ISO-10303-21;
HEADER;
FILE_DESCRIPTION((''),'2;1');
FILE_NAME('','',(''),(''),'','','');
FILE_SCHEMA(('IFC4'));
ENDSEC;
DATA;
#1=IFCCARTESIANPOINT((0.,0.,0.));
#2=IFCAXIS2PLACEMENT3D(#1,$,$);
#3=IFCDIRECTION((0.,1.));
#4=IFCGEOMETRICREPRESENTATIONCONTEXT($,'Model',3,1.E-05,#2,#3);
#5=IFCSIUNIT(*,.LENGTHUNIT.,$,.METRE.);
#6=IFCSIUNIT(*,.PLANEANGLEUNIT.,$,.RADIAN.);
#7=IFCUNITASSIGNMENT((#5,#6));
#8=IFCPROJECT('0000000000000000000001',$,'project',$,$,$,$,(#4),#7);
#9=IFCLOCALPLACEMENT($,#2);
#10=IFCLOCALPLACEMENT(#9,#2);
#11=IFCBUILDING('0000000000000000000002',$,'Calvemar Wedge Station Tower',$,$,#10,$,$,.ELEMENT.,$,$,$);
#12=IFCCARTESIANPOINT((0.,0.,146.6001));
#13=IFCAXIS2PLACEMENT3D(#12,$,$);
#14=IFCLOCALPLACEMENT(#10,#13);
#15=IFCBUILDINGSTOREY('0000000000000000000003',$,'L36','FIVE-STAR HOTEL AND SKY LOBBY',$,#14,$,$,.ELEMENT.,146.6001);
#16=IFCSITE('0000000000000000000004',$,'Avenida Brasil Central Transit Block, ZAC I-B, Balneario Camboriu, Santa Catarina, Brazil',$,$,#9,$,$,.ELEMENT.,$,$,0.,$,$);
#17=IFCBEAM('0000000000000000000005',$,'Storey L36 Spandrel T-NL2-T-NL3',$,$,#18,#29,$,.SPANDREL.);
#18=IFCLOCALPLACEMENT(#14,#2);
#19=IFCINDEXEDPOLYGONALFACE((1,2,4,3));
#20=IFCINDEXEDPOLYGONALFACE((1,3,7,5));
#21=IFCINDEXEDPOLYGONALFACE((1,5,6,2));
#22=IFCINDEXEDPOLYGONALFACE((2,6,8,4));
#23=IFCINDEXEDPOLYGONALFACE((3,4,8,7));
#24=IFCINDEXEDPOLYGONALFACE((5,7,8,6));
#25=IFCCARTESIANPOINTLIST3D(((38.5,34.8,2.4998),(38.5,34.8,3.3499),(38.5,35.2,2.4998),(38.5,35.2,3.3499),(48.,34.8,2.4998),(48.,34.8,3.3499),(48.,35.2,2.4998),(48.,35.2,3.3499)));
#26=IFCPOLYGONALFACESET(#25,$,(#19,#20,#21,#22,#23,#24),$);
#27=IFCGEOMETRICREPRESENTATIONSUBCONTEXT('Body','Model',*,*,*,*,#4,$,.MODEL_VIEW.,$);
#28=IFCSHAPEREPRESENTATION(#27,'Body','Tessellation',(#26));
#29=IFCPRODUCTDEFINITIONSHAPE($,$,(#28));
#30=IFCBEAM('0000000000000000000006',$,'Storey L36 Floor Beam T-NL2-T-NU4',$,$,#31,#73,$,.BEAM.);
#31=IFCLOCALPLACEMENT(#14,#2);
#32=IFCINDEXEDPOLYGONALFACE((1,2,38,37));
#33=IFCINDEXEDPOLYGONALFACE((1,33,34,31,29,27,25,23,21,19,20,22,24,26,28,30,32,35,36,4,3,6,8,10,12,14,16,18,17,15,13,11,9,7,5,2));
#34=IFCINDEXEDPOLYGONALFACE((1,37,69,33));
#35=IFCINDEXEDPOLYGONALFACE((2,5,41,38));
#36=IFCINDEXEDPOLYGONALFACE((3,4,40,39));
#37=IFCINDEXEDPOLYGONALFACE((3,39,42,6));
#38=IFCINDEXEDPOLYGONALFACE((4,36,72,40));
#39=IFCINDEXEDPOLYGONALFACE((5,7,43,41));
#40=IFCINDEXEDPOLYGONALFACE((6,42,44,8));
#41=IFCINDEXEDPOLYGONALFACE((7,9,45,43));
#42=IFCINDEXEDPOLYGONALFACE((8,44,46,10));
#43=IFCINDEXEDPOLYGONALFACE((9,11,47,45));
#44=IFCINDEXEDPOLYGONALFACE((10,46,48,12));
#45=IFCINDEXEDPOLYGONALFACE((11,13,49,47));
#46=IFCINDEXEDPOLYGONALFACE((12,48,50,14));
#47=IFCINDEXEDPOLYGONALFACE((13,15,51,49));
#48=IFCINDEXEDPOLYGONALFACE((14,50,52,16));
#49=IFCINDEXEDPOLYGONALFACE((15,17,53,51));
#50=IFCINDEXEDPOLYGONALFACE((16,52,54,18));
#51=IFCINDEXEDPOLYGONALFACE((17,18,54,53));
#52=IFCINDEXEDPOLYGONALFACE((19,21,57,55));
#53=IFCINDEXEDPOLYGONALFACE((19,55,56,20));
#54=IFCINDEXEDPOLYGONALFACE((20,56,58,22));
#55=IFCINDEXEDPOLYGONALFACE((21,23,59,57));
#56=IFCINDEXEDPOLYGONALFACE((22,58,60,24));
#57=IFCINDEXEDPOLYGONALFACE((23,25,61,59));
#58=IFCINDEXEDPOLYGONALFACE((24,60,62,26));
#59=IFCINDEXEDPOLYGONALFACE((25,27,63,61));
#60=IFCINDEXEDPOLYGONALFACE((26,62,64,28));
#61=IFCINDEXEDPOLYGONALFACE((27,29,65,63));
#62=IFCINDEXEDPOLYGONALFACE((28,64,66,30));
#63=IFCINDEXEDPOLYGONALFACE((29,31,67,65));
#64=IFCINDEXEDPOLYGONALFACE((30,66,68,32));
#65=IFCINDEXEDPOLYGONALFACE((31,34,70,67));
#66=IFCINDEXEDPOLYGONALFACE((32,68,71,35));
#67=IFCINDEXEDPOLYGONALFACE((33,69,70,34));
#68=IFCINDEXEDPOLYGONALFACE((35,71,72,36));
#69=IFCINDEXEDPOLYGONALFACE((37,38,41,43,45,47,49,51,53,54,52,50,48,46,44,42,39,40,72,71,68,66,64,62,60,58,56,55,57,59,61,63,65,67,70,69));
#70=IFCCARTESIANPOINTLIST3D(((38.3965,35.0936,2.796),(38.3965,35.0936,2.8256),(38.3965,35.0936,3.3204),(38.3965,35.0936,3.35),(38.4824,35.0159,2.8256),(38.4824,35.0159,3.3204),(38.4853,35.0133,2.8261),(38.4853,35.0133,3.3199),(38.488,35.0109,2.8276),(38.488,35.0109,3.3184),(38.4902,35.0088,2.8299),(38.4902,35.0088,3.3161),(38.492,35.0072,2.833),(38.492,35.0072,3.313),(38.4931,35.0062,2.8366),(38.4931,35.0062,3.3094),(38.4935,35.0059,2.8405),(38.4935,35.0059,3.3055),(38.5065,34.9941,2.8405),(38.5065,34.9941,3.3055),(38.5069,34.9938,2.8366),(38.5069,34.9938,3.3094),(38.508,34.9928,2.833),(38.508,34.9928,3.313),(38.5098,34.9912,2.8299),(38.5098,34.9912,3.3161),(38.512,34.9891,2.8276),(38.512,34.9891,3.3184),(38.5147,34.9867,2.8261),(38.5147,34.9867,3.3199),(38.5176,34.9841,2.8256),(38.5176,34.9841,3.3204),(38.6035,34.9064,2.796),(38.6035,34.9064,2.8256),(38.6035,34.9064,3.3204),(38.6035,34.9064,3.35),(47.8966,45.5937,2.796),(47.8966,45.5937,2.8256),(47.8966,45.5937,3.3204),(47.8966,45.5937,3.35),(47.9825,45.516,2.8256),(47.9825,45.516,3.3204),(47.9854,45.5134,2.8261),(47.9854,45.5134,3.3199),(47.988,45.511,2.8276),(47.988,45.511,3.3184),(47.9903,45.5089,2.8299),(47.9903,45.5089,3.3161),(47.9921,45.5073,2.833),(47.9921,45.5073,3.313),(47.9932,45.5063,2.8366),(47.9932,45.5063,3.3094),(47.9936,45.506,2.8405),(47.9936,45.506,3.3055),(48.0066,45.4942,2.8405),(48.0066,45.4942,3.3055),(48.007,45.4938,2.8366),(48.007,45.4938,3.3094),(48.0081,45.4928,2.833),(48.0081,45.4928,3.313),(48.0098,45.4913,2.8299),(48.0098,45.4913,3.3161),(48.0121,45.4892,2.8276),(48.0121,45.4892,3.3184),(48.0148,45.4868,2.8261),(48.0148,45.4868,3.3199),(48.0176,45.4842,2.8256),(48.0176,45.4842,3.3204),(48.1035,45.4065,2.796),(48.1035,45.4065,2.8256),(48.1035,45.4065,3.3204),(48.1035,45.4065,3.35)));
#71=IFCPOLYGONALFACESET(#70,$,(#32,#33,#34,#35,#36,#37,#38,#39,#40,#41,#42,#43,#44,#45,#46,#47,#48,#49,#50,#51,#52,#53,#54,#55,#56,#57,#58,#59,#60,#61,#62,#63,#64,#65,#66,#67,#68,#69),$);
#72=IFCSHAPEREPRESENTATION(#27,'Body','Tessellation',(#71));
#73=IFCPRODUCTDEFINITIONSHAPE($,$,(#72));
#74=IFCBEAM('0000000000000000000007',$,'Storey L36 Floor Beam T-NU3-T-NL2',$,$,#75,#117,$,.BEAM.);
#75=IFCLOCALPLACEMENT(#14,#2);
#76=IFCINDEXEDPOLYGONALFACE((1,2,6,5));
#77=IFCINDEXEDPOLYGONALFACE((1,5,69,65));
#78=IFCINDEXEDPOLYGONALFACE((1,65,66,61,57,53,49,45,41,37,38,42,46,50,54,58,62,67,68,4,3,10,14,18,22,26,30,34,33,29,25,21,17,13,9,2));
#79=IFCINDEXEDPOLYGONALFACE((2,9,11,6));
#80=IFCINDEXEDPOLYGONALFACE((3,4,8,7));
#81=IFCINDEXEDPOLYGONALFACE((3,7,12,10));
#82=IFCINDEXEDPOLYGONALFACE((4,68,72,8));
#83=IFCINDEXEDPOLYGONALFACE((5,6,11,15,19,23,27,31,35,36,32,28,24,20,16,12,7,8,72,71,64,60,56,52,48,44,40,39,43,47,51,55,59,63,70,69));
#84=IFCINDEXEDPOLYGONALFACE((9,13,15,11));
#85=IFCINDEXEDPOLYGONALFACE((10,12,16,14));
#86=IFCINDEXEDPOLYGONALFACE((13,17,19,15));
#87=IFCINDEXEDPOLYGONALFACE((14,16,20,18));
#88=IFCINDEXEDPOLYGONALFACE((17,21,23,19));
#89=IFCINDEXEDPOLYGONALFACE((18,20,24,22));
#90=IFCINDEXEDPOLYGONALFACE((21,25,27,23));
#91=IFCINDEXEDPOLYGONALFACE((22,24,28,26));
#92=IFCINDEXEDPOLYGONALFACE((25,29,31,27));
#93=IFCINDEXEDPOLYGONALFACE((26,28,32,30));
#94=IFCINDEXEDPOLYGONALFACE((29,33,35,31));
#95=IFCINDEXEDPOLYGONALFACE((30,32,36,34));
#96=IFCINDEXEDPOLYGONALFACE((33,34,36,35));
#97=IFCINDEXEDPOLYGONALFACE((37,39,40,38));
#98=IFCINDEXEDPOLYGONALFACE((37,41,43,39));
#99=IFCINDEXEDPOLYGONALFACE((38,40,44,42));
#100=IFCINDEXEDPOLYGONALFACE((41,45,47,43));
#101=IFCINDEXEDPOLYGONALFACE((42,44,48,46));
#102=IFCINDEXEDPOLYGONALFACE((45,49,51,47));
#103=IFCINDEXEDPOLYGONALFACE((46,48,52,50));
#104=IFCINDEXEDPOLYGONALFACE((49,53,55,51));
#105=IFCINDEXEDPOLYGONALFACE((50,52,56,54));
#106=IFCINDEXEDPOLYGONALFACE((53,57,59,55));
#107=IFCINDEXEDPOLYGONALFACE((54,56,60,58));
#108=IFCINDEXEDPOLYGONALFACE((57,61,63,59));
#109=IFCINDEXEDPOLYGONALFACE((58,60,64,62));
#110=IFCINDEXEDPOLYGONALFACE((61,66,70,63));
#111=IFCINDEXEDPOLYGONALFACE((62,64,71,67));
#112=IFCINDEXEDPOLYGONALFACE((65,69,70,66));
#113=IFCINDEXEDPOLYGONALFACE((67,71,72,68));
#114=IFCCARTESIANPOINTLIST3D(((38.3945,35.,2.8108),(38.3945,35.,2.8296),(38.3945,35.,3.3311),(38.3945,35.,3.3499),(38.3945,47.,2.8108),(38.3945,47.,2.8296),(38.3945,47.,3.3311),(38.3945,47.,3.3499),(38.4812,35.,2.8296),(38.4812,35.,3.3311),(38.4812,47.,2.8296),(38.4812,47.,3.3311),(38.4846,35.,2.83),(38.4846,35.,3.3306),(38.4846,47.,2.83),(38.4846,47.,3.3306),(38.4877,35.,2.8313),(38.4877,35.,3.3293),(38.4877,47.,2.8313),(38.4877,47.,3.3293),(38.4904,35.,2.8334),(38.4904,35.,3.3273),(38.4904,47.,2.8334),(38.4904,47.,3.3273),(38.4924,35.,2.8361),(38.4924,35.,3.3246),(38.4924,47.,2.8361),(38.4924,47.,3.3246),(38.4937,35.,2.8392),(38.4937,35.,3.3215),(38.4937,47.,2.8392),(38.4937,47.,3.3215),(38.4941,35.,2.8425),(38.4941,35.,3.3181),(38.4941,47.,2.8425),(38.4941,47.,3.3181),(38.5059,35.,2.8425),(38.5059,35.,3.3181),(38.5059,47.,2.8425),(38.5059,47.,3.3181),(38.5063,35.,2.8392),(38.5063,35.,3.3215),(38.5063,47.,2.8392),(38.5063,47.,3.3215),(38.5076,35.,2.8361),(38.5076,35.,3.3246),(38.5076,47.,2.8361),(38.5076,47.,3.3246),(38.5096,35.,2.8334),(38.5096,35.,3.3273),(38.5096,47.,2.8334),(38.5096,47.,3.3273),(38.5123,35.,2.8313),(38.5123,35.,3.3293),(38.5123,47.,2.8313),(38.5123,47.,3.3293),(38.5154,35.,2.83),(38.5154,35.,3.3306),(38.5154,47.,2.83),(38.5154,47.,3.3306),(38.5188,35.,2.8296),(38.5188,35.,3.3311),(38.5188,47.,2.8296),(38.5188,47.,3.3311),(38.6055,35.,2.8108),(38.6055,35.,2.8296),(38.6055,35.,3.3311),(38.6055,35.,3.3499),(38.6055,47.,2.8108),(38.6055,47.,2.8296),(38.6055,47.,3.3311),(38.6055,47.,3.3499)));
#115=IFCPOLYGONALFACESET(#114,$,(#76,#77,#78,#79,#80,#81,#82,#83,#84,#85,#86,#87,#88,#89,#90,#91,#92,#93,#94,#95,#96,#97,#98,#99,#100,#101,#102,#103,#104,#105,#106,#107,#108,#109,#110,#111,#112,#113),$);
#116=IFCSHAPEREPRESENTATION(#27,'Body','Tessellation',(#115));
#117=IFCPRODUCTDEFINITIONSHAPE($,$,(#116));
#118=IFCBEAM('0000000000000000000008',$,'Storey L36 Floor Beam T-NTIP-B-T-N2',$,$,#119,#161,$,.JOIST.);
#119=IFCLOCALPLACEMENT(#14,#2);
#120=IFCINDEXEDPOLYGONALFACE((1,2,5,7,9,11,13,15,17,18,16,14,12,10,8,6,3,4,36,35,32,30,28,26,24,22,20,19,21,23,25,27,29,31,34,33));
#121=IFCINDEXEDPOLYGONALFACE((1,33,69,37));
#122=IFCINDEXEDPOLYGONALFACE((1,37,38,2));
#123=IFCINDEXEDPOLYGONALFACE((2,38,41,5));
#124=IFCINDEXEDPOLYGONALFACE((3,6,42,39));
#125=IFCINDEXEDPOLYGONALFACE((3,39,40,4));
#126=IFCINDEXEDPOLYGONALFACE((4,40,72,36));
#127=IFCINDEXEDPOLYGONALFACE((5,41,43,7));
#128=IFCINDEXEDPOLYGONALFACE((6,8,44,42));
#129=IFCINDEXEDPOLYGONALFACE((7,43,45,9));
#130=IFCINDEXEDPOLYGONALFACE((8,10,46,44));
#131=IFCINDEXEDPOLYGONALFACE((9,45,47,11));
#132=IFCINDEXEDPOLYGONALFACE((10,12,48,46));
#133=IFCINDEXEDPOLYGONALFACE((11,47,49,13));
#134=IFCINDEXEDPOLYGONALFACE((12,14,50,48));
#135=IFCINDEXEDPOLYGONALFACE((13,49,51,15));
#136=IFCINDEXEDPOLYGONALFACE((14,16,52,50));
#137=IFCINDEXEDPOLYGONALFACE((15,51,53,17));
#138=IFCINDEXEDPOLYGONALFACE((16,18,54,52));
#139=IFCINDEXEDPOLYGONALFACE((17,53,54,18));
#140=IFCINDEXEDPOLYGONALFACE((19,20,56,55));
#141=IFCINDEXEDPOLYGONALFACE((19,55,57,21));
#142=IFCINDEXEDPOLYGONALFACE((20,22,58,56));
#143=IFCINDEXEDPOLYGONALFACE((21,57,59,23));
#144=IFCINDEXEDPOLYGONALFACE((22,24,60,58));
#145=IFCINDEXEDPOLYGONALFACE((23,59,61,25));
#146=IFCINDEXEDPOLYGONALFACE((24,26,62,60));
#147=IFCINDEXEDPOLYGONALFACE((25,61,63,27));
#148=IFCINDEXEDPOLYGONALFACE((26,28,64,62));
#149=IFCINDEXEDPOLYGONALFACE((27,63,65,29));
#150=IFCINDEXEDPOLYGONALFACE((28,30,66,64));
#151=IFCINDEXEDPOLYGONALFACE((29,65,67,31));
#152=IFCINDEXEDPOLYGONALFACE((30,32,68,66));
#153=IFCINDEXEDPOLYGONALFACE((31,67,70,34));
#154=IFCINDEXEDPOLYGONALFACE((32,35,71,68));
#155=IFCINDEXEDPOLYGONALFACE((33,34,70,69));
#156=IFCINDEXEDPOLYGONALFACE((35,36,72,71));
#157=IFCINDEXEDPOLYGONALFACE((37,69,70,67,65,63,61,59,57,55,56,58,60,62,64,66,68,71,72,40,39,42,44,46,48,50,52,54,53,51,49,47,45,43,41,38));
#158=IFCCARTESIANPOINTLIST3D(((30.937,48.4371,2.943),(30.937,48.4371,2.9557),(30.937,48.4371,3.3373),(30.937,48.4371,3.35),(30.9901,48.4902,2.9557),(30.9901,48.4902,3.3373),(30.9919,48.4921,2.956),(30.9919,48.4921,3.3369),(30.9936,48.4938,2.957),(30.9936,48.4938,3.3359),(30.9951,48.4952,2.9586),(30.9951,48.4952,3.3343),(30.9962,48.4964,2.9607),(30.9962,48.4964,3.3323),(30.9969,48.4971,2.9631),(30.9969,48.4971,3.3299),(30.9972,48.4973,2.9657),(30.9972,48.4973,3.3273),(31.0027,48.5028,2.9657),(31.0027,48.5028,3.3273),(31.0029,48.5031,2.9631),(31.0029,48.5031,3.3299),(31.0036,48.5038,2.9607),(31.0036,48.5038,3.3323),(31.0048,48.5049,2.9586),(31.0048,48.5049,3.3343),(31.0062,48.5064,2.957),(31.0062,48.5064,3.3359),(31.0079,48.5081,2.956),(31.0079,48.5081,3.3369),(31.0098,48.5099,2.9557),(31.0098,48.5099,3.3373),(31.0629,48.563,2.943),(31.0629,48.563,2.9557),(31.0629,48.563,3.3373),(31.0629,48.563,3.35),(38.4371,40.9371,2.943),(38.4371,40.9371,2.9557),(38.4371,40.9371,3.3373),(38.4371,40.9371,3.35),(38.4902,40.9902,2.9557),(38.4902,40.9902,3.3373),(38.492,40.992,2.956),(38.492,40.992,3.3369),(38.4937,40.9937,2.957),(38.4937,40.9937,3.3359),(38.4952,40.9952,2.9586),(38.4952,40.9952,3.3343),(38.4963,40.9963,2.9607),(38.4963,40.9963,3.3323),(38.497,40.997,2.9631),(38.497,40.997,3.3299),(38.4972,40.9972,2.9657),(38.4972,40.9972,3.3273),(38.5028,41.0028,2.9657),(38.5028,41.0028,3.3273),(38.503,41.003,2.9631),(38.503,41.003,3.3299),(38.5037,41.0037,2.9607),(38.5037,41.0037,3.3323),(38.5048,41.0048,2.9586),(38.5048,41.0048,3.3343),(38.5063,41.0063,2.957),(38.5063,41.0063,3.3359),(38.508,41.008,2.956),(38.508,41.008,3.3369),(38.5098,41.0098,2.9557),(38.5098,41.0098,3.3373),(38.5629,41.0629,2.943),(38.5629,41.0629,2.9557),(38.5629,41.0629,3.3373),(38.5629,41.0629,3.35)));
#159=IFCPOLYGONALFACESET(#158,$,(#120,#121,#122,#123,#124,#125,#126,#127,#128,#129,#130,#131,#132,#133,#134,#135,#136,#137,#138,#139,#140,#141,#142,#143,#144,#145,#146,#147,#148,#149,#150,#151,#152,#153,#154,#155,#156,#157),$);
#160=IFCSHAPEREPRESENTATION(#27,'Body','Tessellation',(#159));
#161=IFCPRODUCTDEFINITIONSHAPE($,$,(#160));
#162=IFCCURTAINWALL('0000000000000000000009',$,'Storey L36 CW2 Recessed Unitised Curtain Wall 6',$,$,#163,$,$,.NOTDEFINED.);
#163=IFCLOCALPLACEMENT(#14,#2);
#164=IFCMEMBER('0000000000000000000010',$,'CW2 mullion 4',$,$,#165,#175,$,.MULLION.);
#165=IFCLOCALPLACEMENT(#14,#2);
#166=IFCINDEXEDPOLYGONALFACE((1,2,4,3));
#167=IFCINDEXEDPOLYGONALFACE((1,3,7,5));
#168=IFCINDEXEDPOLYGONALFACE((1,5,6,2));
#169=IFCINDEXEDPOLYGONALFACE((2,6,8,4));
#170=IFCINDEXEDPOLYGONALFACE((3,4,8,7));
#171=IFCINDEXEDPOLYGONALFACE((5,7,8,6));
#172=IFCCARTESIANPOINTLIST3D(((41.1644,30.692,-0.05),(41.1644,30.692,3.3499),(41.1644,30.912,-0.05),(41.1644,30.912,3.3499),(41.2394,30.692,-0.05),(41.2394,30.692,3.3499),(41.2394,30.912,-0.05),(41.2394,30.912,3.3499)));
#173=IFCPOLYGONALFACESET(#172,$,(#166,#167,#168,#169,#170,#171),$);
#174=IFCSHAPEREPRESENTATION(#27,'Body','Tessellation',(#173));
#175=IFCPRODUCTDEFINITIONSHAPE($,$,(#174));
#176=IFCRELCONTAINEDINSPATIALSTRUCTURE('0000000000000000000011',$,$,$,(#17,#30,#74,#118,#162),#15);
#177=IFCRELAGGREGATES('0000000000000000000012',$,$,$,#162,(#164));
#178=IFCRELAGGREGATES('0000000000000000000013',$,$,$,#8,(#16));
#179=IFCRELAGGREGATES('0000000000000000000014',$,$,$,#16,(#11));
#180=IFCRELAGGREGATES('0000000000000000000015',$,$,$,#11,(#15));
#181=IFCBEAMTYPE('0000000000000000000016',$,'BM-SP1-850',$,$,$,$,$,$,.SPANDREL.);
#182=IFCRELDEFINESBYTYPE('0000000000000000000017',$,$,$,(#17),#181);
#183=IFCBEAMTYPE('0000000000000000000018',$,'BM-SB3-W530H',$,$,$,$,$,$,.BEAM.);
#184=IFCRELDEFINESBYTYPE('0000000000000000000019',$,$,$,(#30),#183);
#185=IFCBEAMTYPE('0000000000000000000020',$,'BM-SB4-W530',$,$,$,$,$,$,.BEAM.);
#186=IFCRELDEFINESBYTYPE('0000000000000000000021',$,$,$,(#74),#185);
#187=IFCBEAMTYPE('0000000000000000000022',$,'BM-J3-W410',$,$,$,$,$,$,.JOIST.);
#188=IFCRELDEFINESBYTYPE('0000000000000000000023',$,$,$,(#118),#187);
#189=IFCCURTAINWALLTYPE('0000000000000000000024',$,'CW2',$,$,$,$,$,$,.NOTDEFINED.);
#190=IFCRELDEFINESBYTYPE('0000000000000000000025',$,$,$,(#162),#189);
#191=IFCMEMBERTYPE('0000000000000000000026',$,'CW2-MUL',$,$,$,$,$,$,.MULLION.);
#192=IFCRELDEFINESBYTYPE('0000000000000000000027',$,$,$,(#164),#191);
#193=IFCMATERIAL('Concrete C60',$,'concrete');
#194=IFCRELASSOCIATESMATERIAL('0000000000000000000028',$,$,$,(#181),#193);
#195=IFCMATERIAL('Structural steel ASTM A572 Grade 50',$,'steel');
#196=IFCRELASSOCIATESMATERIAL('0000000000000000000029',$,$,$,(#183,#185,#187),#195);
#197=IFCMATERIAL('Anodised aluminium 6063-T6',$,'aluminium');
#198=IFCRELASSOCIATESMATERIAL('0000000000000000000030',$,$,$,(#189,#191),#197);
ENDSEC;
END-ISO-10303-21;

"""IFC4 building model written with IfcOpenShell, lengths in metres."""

from ifc_helpers import new_model, si_unit, direction, frame, origin, origin_2d, place, context, subcontext, project, spatial, rectangle, i_section, extrude, source, transform, mapped, material, material_profile, profile_set, type_object, element, aggregate, save


model = new_model("IFC4")

# Units and contexts
model_context = context("Model", 3, precision=1e-05, world=origin(), true_north=direction((0.0, 1.0)))
body_context = subcontext(model_context, "Body", "Model", "MODEL_VIEW")
ifc_project = project(units=[si_unit("LENGTHUNIT", "METRE"), si_unit("PLANEANGLEUNIT", "RADIAN")], contexts=[model_context])

# Site, building, storey
site_placement = place(None, origin())
site = spatial("IfcSite", under=ifc_project, at=site_placement, Name="Avenida Brasil Central Transit Block, ZAC I-B, Balneario Camboriu, Santa Catarina, Brazil", CompositionType="ELEMENT", RefElevation=0.0)
building_placement = place(site_placement, origin())
building = spatial("IfcBuilding", under=site, at=building_placement, Name="Calvemar Wedge Station Tower", CompositionType="ELEMENT")
storey_placement = place(building_placement, frame((0.0, 0.0, 146.6001)))
storey = spatial("IfcBuildingStorey", under=building, at=storey_placement, Name="L36", Description="FIVE-STAR HOTEL AND SKY LOBBY", CompositionType="ELEMENT", Elevation=146.6001)

# Beams
ifc_material_1 = material(Name="Concrete C60", Category="concrete")
ifc_material_profile_1 = material_profile(ifc_material_1, rectangle(XDim=0.3999, YDim=0.8501, at=origin_2d()), Name="RC400x850")
ifc_profile_set_1 = profile_set([ifc_material_profile_1], Name="Concrete C60")
beam_type_1 = type_object("IfcBeamType", Name="BM-SP1-850", PredefinedType="SPANDREL", material=ifc_profile_set_1)
shared_shape_1 = source(origin(), body_context, "Body", "SweptSolid", [
    extrude(rectangle(XDim=0.3999, YDim=0.8501, at=origin_2d()), origin(), (0.0, 0.0, 1.0), 9.5),
])
beam_1_placement = place(storey_placement, frame((38.5, 35.0, 2.9248), z_axis=(1.0, 0.0, 0.0), x_axis=(0.0, 1.0, 0.0)))
element("IfcBeam", 1, at=beam_1_placement, inside=storey, type_object=beam_type_1, Name="Storey L36 Spandrel T-NL2-T-NL3", PredefinedType="SPANDREL", context=body_context, shape_type="MappedRepresentation", body=[
    mapped(shared_shape_1, transform((0.0, 0.0, 0.0), scale=1.0)),
])
ifc_material_2 = material(Name="Structural steel ASTM A572 Grade 50", Category="steel")
ifc_material_profile_2 = material_profile(ifc_material_2, i_section(OverallWidth=0.2791, OverallDepth=0.554, WebThickness=0.0176, FlangeThickness=0.0295, FilletRadius=0.0149, at=origin_2d()), Name="W530x196")
ifc_profile_set_2 = profile_set([ifc_material_profile_2], Name="Structural steel ASTM A572 Grade 50")
beam_type_2 = type_object("IfcBeamType", Name="BM-SB3-W530H", PredefinedType="BEAM", material=ifc_profile_set_2)
shared_shape_2 = source(origin(), body_context, "Body", "SweptSolid", [
    extrude(i_section(OverallWidth=0.2791, OverallDepth=0.554, WebThickness=0.0176, FlangeThickness=0.0295, FilletRadius=0.0149, at=origin_2d()), origin(), (0.0, 0.0, 1.0), 14.1599),
])
beam_2_placement = place(storey_placement, frame((38.5, 35.0, 3.073), z_axis=(0.670913, 0.741536, 0.0), x_axis=(-0.741536, 0.670913, 0.0)))
element("IfcBeam", 2, at=beam_2_placement, inside=storey, type_object=beam_type_2, Name="Storey L36 Floor Beam T-NL2-T-NU4", PredefinedType="BEAM", context=body_context, shape_type="MappedRepresentation", body=[
    mapped(shared_shape_2, transform((0.0, 0.0, 0.0), scale=1.0)),
])
ifc_material_profile_3 = material_profile(ifc_material_2, i_section(OverallWidth=0.2109, OverallDepth=0.5391, WebThickness=0.0117, FlangeThickness=0.0188, FilletRadius=0.0129, at=origin_2d()), Name="W530x109")
ifc_profile_set_3 = profile_set([ifc_material_profile_3], Name="Structural steel ASTM A572 Grade 50")
beam_type_3 = type_object("IfcBeamType", Name="BM-SB4-W530", PredefinedType="BEAM", material=ifc_profile_set_3)
shared_shape_3 = source(origin(), body_context, "Body", "SweptSolid", [
    extrude(i_section(OverallWidth=0.2109, OverallDepth=0.5391, WebThickness=0.0117, FlangeThickness=0.0188, FilletRadius=0.0129, at=origin_2d()), origin(), (0.0, 0.0, 1.0), 12.0),
])
beam_3_placement = place(storey_placement, frame((38.5, 47.0, 3.0803), z_axis=(0.0, -1.0, 0.0), x_axis=(1.0, 0.0, 0.0)))
element("IfcBeam", 3, at=beam_3_placement, inside=storey, type_object=beam_type_3, Name="Storey L36 Floor Beam T-NU3-T-NL2", PredefinedType="BEAM", context=body_context, shape_type="MappedRepresentation", body=[
    mapped(shared_shape_3, transform((0.0, 0.0, 0.0), scale=1.0)),
])
ifc_material_profile_4 = material_profile(ifc_material_2, i_section(OverallWidth=0.178, OverallDepth=0.407, WebThickness=0.0078, FlangeThickness=0.0127, FilletRadius=0.01, at=origin_2d()), Name="W410x60")
ifc_profile_set_4 = profile_set([ifc_material_profile_4], Name="Structural steel ASTM A572 Grade 50")
beam_type_4 = type_object("IfcBeamType", Name="BM-J3-W410", PredefinedType="JOIST", material=ifc_profile_set_4)
shared_shape_4 = source(origin(), body_context, "Body", "SweptSolid", [
    extrude(i_section(OverallWidth=0.178, OverallDepth=0.407, WebThickness=0.0078, FlangeThickness=0.0127, FilletRadius=0.01, at=origin_2d()), origin(), (0.0, 0.0, 1.0), 10.6067),
])
beam_4_placement = place(storey_placement, frame((38.5, 41.0, 3.1465), z_axis=(-0.707107, 0.707107, 0.0), x_axis=(-0.707107, -0.707107, 0.0)))
element("IfcBeam", 4, at=beam_4_placement, inside=storey, type_object=beam_type_4, Name="Storey L36 Floor Beam T-NTIP-B-T-N2", PredefinedType="JOIST", context=body_context, shape_type="MappedRepresentation", body=[
    mapped(shared_shape_4, transform((0.0, 0.0, 0.0), scale=1.0)),
])

# Curtain wall, member
ifc_material_3 = material(Name="Anodised aluminium 6063-T6", Category="aluminium")
curtain_wall_type = type_object("IfcCurtainWallType", Name="CW2", PredefinedType="NOTDEFINED", material=ifc_material_3)
curtain_wall_placement = place(storey_placement, origin())
curtain_wall = element("IfcCurtainWall", 5, at=curtain_wall_placement, inside=storey, type_object=curtain_wall_type, Name="Storey L36 CW2 Recessed Unitised Curtain Wall 6", PredefinedType="NOTDEFINED")
ifc_material_profile_5 = material_profile(ifc_material_3, rectangle(XDim=0.075, YDim=0.22, at=origin_2d()), Name="AL-MUL-75x220")
ifc_profile_set_5 = profile_set([ifc_material_profile_5], Name="Anodised aluminium 6063-T6")
member_type = type_object("IfcMemberType", Name="CW2-MUL", PredefinedType="MULLION", material=ifc_profile_set_5)
shared_shape_5 = source(origin(), body_context, "Body", "SweptSolid", [
    extrude(rectangle(XDim=0.075, YDim=0.22, at=origin_2d()), origin(), (0.0, 0.0, 1.0), 3.3999),
])
member_1_placement = place(storey_placement, frame((41.2019, 30.802, -0.05), z_axis=(0.0, 0.0, 1.0), x_axis=(1.0, 0.0, 0.0)))
member_1 = element("IfcMember", 6, at=member_1_placement, type_object=member_type, Name="CW2 mullion 4", PredefinedType="MULLION", context=body_context, shape_type="MappedRepresentation", body=[
    mapped(shared_shape_5, transform((0.0, 0.0, 0.0), scale=1.0)),
])
aggregate(curtain_wall, [member_1])

save(model, "model.ifc")
